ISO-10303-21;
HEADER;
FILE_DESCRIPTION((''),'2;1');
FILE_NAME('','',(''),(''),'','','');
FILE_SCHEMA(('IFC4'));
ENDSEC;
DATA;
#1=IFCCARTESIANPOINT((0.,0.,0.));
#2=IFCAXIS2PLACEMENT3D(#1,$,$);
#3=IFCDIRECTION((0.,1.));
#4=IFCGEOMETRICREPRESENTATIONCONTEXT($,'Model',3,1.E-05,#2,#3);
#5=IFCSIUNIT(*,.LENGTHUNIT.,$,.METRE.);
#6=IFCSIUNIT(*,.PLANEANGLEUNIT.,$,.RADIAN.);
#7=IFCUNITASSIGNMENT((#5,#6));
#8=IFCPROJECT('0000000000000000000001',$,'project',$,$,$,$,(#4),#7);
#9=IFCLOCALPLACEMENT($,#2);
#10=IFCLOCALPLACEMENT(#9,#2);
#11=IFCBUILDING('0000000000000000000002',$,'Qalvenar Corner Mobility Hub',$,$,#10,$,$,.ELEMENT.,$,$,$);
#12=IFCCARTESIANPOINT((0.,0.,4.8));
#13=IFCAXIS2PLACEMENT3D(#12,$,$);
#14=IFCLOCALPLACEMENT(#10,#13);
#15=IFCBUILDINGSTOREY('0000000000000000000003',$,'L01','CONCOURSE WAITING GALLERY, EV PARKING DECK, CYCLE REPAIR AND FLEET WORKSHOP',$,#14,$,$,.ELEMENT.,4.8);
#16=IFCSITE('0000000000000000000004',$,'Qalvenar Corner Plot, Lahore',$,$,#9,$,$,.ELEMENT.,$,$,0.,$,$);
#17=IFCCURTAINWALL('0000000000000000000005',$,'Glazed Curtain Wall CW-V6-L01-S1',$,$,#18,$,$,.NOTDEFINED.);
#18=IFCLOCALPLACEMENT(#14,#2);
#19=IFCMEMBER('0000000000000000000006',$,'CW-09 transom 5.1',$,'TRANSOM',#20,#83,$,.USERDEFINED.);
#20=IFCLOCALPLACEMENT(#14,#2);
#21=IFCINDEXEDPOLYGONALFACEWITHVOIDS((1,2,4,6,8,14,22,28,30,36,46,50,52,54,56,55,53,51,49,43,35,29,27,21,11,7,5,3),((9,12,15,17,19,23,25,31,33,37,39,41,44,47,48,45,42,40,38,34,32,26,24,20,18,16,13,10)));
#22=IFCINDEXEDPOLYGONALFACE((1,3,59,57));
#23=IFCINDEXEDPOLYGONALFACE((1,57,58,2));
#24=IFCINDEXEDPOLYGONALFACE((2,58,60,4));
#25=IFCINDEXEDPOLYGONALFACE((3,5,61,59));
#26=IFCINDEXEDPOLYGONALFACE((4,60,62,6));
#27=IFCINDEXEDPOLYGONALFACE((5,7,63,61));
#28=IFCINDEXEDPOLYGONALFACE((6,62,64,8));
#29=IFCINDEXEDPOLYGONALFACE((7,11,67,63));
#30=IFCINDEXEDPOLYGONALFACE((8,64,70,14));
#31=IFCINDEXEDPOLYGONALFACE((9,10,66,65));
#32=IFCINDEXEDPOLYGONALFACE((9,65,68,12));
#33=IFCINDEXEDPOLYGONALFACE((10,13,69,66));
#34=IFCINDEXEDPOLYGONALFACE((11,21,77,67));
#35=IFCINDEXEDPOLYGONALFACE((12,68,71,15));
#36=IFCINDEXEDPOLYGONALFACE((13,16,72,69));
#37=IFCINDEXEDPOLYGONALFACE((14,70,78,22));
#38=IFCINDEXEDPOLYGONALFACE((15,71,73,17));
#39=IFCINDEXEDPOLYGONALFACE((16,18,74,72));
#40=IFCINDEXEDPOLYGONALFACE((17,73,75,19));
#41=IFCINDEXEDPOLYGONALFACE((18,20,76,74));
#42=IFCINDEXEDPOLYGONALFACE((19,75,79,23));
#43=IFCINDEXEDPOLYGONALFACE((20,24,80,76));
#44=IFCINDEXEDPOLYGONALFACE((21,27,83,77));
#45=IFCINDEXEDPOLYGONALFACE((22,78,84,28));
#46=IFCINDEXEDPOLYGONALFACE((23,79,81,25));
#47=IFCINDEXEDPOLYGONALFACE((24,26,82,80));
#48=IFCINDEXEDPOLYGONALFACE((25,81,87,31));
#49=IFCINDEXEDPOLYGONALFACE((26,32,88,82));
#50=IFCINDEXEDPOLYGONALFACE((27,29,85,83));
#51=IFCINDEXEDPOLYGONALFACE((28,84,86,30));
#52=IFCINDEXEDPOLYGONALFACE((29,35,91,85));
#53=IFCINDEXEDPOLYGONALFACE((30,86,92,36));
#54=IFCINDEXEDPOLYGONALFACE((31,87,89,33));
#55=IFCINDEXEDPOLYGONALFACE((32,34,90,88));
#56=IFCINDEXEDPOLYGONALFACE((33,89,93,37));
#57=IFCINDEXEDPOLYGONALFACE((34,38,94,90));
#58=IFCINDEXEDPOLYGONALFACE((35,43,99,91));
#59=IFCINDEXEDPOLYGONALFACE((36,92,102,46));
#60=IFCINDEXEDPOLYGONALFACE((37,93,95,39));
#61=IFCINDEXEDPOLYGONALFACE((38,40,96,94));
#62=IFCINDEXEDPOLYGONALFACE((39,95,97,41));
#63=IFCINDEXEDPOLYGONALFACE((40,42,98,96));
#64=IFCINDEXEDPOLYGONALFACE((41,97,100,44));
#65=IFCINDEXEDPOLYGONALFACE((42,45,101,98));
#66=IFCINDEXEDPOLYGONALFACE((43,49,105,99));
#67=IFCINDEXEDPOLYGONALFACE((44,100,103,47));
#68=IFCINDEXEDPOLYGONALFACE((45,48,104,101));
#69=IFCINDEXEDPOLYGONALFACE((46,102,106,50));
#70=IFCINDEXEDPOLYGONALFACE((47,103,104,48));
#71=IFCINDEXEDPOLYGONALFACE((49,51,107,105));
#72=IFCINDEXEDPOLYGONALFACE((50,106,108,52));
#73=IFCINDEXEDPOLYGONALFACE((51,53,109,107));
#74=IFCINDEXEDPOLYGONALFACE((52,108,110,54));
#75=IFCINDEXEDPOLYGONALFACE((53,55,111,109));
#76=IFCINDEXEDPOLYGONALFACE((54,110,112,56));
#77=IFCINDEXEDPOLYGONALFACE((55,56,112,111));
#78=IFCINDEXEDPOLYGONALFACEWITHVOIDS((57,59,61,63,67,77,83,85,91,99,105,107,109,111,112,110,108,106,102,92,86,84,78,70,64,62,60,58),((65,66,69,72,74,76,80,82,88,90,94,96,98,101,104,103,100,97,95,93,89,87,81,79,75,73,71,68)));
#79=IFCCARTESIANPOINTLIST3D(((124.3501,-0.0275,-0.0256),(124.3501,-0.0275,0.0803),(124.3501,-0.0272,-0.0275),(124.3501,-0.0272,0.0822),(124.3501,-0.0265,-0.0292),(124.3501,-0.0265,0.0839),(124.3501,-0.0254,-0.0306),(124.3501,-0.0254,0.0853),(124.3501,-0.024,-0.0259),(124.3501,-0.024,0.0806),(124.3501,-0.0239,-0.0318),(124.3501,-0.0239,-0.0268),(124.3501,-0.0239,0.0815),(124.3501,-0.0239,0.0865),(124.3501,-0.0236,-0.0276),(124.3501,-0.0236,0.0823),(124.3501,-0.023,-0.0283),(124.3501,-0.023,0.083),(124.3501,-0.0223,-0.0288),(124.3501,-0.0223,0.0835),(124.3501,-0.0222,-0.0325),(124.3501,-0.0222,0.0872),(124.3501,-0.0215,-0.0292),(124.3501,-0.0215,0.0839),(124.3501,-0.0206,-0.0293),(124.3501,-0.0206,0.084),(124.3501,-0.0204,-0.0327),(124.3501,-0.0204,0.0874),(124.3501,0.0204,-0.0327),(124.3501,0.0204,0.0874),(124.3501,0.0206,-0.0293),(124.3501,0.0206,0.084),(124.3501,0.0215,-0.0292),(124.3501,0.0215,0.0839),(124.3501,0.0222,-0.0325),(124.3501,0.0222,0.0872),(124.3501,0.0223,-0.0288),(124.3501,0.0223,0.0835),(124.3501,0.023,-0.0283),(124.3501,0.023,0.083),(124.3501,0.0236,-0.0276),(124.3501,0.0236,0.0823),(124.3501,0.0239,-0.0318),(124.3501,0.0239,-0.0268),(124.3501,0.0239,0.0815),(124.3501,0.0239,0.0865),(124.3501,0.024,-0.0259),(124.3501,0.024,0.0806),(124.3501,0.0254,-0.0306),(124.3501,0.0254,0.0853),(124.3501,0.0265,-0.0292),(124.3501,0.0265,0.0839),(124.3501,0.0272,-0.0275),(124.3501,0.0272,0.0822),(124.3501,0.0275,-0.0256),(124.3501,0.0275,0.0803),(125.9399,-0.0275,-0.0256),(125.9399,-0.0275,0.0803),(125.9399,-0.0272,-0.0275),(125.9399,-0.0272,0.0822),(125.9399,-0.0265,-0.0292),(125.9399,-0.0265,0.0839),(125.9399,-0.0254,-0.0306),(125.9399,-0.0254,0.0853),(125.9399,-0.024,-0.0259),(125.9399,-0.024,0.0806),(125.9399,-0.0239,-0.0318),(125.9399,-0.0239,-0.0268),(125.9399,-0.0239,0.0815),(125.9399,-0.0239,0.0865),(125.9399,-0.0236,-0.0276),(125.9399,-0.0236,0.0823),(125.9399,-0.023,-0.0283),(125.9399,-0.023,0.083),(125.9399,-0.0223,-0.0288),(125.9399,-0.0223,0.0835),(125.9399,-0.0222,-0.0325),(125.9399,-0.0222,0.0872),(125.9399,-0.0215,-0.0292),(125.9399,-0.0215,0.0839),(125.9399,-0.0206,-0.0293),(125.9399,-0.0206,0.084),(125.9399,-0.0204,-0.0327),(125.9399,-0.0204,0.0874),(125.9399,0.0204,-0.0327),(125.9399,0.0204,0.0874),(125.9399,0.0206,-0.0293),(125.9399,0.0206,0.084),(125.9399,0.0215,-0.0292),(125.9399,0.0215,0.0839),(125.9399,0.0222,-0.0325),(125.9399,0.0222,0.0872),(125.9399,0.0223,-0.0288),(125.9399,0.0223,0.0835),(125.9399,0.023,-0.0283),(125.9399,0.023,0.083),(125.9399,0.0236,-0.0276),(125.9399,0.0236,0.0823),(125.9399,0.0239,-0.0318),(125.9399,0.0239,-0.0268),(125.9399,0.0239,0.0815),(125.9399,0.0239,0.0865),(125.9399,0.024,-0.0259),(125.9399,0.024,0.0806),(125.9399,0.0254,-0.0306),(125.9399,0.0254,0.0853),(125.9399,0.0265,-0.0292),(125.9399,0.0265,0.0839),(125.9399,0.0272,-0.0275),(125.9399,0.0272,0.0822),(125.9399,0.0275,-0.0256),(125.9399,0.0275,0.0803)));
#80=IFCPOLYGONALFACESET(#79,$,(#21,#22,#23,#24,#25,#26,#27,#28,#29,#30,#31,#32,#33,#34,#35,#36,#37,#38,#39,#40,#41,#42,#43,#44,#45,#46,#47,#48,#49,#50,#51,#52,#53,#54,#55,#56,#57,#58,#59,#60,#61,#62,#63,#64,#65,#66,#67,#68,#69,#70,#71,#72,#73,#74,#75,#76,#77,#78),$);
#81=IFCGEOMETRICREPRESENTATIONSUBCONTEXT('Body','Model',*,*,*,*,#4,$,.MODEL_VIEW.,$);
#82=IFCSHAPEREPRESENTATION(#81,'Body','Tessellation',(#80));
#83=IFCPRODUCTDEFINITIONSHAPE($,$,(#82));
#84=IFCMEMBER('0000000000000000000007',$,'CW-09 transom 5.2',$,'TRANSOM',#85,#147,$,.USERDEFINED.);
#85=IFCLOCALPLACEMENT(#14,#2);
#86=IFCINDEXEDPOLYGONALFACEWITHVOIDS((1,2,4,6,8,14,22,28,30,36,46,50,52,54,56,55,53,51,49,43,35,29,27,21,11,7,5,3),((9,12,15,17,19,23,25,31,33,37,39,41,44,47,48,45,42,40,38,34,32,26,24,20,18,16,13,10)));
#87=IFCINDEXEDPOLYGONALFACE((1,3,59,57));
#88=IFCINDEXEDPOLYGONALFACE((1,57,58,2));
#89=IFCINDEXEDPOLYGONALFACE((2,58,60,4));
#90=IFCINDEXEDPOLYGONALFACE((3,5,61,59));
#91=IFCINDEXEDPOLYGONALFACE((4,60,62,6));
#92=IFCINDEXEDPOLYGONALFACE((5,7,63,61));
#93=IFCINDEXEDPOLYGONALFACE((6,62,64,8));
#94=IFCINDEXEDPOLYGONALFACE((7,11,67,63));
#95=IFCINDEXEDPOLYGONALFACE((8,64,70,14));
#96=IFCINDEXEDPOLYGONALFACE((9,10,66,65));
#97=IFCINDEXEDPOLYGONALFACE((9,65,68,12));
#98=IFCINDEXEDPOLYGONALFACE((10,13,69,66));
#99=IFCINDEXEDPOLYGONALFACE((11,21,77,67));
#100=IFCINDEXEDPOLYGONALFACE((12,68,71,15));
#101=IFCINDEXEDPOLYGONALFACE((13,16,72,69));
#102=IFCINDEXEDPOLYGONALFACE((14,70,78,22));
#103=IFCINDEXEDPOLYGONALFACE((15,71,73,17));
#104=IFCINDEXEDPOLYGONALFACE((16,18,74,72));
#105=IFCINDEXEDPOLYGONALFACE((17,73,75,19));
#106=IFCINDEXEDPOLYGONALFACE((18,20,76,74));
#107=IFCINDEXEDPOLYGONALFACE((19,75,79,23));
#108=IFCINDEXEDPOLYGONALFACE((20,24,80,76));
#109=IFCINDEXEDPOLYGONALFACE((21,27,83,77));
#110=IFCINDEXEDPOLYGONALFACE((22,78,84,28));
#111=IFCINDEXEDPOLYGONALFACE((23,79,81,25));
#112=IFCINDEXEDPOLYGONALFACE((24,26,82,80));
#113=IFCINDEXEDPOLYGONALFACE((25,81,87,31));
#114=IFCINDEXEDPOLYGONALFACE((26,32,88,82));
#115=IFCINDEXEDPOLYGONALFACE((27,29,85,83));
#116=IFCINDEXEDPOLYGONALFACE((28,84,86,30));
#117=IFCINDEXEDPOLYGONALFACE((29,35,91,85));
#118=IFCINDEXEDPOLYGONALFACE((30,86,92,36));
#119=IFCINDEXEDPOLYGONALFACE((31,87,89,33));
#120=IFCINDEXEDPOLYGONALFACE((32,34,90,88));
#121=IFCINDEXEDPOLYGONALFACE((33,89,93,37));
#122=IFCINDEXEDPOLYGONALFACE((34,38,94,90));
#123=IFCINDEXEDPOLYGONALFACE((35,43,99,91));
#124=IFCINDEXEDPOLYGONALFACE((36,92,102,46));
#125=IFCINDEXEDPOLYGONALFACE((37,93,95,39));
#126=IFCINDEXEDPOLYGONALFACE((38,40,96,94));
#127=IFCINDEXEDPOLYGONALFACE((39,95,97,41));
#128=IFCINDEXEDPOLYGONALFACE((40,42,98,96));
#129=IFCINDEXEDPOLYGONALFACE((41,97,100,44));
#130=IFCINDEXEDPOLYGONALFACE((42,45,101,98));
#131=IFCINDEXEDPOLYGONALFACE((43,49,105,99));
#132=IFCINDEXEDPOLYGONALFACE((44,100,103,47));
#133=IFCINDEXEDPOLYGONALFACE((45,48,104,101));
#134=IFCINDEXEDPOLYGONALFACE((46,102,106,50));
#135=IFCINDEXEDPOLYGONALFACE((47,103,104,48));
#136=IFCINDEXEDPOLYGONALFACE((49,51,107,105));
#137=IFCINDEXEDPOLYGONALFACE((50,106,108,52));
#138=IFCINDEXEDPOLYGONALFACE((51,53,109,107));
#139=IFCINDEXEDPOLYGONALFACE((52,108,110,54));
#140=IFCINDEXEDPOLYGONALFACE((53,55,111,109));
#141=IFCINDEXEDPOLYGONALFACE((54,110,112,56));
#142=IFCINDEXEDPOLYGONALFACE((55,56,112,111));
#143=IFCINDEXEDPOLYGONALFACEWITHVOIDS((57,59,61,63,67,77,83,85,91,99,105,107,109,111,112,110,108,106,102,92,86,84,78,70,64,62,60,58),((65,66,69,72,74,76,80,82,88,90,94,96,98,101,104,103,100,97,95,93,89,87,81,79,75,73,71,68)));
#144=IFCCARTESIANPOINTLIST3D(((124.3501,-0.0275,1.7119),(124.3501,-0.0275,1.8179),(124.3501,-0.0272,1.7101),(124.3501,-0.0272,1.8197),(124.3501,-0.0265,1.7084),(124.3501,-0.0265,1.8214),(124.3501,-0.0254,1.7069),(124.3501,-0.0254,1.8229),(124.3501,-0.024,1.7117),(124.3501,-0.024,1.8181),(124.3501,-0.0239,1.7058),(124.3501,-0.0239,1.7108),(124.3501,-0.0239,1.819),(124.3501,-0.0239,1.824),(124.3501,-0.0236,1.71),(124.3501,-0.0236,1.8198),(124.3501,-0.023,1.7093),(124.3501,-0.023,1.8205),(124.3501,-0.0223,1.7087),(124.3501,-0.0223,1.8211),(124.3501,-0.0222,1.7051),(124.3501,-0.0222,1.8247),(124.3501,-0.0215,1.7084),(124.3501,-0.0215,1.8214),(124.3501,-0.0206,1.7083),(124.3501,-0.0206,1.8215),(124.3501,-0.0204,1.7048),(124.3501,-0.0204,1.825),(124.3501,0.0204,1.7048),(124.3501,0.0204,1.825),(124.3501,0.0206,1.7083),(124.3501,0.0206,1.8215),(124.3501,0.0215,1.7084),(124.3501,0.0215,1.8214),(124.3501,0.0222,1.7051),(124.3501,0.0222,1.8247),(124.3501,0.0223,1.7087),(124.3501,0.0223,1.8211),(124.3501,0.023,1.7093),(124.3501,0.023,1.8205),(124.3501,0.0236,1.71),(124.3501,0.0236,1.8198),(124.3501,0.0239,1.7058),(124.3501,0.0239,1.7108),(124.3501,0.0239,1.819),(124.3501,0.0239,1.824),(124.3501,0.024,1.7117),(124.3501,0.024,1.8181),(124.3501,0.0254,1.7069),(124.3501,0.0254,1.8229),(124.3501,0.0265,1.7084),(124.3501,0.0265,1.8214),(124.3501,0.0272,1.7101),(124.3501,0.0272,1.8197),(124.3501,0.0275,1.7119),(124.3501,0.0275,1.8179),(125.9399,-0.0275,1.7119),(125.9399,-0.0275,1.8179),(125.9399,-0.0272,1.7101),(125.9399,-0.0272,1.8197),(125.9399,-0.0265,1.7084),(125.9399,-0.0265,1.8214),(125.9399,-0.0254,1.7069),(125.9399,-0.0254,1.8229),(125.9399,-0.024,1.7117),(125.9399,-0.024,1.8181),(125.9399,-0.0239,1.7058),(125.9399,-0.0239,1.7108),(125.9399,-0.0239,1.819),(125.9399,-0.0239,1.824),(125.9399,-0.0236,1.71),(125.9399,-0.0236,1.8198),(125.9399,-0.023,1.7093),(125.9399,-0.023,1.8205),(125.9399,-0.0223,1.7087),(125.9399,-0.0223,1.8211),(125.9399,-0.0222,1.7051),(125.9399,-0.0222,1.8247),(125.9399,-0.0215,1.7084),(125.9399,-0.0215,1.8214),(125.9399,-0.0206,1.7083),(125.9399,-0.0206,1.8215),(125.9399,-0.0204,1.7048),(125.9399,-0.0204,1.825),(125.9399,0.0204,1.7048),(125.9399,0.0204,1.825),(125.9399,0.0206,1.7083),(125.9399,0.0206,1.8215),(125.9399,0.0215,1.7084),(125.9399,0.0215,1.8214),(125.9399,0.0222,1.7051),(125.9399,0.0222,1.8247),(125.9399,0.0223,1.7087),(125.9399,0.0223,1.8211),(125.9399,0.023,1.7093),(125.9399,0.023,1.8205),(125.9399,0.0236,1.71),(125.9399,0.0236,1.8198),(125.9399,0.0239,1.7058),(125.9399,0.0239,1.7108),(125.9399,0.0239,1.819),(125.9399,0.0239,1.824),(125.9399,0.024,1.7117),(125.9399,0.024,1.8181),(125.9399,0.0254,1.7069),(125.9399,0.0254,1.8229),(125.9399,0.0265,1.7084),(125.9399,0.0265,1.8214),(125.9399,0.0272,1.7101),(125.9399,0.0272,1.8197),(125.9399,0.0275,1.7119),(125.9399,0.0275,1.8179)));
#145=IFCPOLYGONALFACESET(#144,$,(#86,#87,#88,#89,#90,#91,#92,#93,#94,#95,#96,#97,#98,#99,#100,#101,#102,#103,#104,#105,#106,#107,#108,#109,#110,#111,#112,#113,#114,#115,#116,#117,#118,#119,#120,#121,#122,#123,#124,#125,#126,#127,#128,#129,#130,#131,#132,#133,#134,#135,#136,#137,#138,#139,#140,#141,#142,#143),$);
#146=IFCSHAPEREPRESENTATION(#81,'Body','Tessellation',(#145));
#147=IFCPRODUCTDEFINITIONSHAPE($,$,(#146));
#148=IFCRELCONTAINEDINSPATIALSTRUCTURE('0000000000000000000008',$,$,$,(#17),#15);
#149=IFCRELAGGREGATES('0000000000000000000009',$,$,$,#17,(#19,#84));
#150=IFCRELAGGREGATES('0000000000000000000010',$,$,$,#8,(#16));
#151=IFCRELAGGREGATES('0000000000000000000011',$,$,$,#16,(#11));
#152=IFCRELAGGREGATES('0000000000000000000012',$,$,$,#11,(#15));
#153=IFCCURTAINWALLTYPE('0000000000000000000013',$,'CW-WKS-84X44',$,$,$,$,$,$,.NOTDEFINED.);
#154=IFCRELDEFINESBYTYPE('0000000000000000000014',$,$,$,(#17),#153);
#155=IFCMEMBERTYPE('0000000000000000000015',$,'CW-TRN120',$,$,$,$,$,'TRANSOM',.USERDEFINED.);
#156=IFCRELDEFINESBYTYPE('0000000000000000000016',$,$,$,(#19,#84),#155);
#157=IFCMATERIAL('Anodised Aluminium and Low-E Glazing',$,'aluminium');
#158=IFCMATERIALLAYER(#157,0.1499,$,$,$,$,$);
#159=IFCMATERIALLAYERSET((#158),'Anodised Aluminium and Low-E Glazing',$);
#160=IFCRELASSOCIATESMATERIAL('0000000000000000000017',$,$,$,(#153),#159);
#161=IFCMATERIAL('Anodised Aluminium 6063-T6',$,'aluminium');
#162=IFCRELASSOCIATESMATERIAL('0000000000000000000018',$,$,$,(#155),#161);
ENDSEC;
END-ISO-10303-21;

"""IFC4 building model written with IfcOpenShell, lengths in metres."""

from ifc_helpers import new_model, si_unit, direction, frame, origin, origin_2d, place, context, subcontext, project, spatial, hollow_rectangle, extrude, material, layer, layer_set, material_profile, profile_set, type_object, element, aggregate, save


model = new_model("IFC4")

# Units and contexts
model_context = context("Model", 3, precision=1e-05, world=origin(), true_north=direction((0.0, 1.0)))
body_context = subcontext(model_context, "Body", "Model", "MODEL_VIEW")
ifc_project = project(units=[si_unit("LENGTHUNIT", "METRE"), si_unit("PLANEANGLEUNIT", "RADIAN")], contexts=[model_context])

# Site, building, storey
site_placement = place(None, origin())
site = spatial("IfcSite", under=ifc_project, at=site_placement, Name="Qalvenar Corner Plot, Lahore", CompositionType="ELEMENT", RefElevation=0.0)
building_placement = place(site_placement, origin())
building = spatial("IfcBuilding", under=site, at=building_placement, Name="Qalvenar Corner Mobility Hub", CompositionType="ELEMENT")
storey_placement = place(building_placement, frame((0.0, 0.0, 4.8)))
storey = spatial("IfcBuildingStorey", under=building, at=storey_placement, Name="L01", Description="CONCOURSE WAITING GALLERY, EV PARKING DECK, CYCLE REPAIR AND FLEET WORKSHOP", CompositionType="ELEMENT", Elevation=4.8)

# Curtain wall, members
ifc_material_1 = material(Name="Anodised Aluminium and Low-E Glazing", Category="aluminium")
ifc_layer_1 = layer(ifc_material_1, 0.1499)
ifc_layer_set_1 = layer_set([ifc_layer_1], Name="Anodised Aluminium and Low-E Glazing")
curtain_wall_type = type_object("IfcCurtainWallType", Name="CW-WKS-84X44", PredefinedType="NOTDEFINED", material=ifc_layer_set_1)
curtain_wall_placement = place(storey_placement, origin())
curtain_wall = element("IfcCurtainWall", 1, at=curtain_wall_placement, inside=storey, type_object=curtain_wall_type, Name="Glazed Curtain Wall CW-V6-L01-S1", PredefinedType="NOTDEFINED")
ifc_material_2 = material(Name="Anodised Aluminium 6063-T6", Category="aluminium")
ifc_material_profile_1 = material_profile(ifc_material_2, hollow_rectangle(XDim=0.0549, YDim=0.1201, WallThickness=0.0034, InnerFilletRadius=0.0034, OuterFilletRadius=0.0071, at=origin_2d()), Name="RHS120x55x3.5")
ifc_profile_set_1 = profile_set([ifc_material_profile_1], Name="Anodised Aluminium 6063-T6")
member_type_1 = type_object("IfcMemberType", Name="CW-TRN120", ElementType="TRANSOM", PredefinedType="USERDEFINED", material=ifc_profile_set_1)
member_1_placement = place(storey_placement, frame((124.3501, 0.0, 0.0273), z_axis=(1.0, 0.0, 0.0), x_axis=(0.0, 1.0, 0.0)))
member_1 = element("IfcMember", 2, at=member_1_placement, type_object=member_type_1, Name="CW-09 transom 5.1", ObjectType="TRANSOM", PredefinedType="USERDEFINED", context=body_context, shape_type="SweptSolid", body=[
    extrude(hollow_rectangle(XDim=0.0549, YDim=0.1201, WallThickness=0.0034, InnerFilletRadius=0.0034, OuterFilletRadius=0.0071, at=origin_2d()), origin(), (0.0, 0.0, 1.0), 1.5898),
])
member_2_placement = place(storey_placement, frame((124.3501, 0.0, 1.7649), z_axis=(1.0, 0.0, 0.0), x_axis=(0.0, 1.0, 0.0)))
member_2 = element("IfcMember", 3, at=member_2_placement, type_object=member_type_1, Name="CW-09 transom 5.2", ObjectType="TRANSOM", PredefinedType="USERDEFINED", context=body_context, shape_type="SweptSolid", body=[
    extrude(hollow_rectangle(XDim=0.0549, YDim=0.1201, WallThickness=0.0034, InnerFilletRadius=0.0034, OuterFilletRadius=0.0071, at=origin_2d()), origin(), (0.0, 0.0, 1.0), 1.5898),
])
aggregate(curtain_wall, [member_1, member_2])

save(model, "model.ifc")
